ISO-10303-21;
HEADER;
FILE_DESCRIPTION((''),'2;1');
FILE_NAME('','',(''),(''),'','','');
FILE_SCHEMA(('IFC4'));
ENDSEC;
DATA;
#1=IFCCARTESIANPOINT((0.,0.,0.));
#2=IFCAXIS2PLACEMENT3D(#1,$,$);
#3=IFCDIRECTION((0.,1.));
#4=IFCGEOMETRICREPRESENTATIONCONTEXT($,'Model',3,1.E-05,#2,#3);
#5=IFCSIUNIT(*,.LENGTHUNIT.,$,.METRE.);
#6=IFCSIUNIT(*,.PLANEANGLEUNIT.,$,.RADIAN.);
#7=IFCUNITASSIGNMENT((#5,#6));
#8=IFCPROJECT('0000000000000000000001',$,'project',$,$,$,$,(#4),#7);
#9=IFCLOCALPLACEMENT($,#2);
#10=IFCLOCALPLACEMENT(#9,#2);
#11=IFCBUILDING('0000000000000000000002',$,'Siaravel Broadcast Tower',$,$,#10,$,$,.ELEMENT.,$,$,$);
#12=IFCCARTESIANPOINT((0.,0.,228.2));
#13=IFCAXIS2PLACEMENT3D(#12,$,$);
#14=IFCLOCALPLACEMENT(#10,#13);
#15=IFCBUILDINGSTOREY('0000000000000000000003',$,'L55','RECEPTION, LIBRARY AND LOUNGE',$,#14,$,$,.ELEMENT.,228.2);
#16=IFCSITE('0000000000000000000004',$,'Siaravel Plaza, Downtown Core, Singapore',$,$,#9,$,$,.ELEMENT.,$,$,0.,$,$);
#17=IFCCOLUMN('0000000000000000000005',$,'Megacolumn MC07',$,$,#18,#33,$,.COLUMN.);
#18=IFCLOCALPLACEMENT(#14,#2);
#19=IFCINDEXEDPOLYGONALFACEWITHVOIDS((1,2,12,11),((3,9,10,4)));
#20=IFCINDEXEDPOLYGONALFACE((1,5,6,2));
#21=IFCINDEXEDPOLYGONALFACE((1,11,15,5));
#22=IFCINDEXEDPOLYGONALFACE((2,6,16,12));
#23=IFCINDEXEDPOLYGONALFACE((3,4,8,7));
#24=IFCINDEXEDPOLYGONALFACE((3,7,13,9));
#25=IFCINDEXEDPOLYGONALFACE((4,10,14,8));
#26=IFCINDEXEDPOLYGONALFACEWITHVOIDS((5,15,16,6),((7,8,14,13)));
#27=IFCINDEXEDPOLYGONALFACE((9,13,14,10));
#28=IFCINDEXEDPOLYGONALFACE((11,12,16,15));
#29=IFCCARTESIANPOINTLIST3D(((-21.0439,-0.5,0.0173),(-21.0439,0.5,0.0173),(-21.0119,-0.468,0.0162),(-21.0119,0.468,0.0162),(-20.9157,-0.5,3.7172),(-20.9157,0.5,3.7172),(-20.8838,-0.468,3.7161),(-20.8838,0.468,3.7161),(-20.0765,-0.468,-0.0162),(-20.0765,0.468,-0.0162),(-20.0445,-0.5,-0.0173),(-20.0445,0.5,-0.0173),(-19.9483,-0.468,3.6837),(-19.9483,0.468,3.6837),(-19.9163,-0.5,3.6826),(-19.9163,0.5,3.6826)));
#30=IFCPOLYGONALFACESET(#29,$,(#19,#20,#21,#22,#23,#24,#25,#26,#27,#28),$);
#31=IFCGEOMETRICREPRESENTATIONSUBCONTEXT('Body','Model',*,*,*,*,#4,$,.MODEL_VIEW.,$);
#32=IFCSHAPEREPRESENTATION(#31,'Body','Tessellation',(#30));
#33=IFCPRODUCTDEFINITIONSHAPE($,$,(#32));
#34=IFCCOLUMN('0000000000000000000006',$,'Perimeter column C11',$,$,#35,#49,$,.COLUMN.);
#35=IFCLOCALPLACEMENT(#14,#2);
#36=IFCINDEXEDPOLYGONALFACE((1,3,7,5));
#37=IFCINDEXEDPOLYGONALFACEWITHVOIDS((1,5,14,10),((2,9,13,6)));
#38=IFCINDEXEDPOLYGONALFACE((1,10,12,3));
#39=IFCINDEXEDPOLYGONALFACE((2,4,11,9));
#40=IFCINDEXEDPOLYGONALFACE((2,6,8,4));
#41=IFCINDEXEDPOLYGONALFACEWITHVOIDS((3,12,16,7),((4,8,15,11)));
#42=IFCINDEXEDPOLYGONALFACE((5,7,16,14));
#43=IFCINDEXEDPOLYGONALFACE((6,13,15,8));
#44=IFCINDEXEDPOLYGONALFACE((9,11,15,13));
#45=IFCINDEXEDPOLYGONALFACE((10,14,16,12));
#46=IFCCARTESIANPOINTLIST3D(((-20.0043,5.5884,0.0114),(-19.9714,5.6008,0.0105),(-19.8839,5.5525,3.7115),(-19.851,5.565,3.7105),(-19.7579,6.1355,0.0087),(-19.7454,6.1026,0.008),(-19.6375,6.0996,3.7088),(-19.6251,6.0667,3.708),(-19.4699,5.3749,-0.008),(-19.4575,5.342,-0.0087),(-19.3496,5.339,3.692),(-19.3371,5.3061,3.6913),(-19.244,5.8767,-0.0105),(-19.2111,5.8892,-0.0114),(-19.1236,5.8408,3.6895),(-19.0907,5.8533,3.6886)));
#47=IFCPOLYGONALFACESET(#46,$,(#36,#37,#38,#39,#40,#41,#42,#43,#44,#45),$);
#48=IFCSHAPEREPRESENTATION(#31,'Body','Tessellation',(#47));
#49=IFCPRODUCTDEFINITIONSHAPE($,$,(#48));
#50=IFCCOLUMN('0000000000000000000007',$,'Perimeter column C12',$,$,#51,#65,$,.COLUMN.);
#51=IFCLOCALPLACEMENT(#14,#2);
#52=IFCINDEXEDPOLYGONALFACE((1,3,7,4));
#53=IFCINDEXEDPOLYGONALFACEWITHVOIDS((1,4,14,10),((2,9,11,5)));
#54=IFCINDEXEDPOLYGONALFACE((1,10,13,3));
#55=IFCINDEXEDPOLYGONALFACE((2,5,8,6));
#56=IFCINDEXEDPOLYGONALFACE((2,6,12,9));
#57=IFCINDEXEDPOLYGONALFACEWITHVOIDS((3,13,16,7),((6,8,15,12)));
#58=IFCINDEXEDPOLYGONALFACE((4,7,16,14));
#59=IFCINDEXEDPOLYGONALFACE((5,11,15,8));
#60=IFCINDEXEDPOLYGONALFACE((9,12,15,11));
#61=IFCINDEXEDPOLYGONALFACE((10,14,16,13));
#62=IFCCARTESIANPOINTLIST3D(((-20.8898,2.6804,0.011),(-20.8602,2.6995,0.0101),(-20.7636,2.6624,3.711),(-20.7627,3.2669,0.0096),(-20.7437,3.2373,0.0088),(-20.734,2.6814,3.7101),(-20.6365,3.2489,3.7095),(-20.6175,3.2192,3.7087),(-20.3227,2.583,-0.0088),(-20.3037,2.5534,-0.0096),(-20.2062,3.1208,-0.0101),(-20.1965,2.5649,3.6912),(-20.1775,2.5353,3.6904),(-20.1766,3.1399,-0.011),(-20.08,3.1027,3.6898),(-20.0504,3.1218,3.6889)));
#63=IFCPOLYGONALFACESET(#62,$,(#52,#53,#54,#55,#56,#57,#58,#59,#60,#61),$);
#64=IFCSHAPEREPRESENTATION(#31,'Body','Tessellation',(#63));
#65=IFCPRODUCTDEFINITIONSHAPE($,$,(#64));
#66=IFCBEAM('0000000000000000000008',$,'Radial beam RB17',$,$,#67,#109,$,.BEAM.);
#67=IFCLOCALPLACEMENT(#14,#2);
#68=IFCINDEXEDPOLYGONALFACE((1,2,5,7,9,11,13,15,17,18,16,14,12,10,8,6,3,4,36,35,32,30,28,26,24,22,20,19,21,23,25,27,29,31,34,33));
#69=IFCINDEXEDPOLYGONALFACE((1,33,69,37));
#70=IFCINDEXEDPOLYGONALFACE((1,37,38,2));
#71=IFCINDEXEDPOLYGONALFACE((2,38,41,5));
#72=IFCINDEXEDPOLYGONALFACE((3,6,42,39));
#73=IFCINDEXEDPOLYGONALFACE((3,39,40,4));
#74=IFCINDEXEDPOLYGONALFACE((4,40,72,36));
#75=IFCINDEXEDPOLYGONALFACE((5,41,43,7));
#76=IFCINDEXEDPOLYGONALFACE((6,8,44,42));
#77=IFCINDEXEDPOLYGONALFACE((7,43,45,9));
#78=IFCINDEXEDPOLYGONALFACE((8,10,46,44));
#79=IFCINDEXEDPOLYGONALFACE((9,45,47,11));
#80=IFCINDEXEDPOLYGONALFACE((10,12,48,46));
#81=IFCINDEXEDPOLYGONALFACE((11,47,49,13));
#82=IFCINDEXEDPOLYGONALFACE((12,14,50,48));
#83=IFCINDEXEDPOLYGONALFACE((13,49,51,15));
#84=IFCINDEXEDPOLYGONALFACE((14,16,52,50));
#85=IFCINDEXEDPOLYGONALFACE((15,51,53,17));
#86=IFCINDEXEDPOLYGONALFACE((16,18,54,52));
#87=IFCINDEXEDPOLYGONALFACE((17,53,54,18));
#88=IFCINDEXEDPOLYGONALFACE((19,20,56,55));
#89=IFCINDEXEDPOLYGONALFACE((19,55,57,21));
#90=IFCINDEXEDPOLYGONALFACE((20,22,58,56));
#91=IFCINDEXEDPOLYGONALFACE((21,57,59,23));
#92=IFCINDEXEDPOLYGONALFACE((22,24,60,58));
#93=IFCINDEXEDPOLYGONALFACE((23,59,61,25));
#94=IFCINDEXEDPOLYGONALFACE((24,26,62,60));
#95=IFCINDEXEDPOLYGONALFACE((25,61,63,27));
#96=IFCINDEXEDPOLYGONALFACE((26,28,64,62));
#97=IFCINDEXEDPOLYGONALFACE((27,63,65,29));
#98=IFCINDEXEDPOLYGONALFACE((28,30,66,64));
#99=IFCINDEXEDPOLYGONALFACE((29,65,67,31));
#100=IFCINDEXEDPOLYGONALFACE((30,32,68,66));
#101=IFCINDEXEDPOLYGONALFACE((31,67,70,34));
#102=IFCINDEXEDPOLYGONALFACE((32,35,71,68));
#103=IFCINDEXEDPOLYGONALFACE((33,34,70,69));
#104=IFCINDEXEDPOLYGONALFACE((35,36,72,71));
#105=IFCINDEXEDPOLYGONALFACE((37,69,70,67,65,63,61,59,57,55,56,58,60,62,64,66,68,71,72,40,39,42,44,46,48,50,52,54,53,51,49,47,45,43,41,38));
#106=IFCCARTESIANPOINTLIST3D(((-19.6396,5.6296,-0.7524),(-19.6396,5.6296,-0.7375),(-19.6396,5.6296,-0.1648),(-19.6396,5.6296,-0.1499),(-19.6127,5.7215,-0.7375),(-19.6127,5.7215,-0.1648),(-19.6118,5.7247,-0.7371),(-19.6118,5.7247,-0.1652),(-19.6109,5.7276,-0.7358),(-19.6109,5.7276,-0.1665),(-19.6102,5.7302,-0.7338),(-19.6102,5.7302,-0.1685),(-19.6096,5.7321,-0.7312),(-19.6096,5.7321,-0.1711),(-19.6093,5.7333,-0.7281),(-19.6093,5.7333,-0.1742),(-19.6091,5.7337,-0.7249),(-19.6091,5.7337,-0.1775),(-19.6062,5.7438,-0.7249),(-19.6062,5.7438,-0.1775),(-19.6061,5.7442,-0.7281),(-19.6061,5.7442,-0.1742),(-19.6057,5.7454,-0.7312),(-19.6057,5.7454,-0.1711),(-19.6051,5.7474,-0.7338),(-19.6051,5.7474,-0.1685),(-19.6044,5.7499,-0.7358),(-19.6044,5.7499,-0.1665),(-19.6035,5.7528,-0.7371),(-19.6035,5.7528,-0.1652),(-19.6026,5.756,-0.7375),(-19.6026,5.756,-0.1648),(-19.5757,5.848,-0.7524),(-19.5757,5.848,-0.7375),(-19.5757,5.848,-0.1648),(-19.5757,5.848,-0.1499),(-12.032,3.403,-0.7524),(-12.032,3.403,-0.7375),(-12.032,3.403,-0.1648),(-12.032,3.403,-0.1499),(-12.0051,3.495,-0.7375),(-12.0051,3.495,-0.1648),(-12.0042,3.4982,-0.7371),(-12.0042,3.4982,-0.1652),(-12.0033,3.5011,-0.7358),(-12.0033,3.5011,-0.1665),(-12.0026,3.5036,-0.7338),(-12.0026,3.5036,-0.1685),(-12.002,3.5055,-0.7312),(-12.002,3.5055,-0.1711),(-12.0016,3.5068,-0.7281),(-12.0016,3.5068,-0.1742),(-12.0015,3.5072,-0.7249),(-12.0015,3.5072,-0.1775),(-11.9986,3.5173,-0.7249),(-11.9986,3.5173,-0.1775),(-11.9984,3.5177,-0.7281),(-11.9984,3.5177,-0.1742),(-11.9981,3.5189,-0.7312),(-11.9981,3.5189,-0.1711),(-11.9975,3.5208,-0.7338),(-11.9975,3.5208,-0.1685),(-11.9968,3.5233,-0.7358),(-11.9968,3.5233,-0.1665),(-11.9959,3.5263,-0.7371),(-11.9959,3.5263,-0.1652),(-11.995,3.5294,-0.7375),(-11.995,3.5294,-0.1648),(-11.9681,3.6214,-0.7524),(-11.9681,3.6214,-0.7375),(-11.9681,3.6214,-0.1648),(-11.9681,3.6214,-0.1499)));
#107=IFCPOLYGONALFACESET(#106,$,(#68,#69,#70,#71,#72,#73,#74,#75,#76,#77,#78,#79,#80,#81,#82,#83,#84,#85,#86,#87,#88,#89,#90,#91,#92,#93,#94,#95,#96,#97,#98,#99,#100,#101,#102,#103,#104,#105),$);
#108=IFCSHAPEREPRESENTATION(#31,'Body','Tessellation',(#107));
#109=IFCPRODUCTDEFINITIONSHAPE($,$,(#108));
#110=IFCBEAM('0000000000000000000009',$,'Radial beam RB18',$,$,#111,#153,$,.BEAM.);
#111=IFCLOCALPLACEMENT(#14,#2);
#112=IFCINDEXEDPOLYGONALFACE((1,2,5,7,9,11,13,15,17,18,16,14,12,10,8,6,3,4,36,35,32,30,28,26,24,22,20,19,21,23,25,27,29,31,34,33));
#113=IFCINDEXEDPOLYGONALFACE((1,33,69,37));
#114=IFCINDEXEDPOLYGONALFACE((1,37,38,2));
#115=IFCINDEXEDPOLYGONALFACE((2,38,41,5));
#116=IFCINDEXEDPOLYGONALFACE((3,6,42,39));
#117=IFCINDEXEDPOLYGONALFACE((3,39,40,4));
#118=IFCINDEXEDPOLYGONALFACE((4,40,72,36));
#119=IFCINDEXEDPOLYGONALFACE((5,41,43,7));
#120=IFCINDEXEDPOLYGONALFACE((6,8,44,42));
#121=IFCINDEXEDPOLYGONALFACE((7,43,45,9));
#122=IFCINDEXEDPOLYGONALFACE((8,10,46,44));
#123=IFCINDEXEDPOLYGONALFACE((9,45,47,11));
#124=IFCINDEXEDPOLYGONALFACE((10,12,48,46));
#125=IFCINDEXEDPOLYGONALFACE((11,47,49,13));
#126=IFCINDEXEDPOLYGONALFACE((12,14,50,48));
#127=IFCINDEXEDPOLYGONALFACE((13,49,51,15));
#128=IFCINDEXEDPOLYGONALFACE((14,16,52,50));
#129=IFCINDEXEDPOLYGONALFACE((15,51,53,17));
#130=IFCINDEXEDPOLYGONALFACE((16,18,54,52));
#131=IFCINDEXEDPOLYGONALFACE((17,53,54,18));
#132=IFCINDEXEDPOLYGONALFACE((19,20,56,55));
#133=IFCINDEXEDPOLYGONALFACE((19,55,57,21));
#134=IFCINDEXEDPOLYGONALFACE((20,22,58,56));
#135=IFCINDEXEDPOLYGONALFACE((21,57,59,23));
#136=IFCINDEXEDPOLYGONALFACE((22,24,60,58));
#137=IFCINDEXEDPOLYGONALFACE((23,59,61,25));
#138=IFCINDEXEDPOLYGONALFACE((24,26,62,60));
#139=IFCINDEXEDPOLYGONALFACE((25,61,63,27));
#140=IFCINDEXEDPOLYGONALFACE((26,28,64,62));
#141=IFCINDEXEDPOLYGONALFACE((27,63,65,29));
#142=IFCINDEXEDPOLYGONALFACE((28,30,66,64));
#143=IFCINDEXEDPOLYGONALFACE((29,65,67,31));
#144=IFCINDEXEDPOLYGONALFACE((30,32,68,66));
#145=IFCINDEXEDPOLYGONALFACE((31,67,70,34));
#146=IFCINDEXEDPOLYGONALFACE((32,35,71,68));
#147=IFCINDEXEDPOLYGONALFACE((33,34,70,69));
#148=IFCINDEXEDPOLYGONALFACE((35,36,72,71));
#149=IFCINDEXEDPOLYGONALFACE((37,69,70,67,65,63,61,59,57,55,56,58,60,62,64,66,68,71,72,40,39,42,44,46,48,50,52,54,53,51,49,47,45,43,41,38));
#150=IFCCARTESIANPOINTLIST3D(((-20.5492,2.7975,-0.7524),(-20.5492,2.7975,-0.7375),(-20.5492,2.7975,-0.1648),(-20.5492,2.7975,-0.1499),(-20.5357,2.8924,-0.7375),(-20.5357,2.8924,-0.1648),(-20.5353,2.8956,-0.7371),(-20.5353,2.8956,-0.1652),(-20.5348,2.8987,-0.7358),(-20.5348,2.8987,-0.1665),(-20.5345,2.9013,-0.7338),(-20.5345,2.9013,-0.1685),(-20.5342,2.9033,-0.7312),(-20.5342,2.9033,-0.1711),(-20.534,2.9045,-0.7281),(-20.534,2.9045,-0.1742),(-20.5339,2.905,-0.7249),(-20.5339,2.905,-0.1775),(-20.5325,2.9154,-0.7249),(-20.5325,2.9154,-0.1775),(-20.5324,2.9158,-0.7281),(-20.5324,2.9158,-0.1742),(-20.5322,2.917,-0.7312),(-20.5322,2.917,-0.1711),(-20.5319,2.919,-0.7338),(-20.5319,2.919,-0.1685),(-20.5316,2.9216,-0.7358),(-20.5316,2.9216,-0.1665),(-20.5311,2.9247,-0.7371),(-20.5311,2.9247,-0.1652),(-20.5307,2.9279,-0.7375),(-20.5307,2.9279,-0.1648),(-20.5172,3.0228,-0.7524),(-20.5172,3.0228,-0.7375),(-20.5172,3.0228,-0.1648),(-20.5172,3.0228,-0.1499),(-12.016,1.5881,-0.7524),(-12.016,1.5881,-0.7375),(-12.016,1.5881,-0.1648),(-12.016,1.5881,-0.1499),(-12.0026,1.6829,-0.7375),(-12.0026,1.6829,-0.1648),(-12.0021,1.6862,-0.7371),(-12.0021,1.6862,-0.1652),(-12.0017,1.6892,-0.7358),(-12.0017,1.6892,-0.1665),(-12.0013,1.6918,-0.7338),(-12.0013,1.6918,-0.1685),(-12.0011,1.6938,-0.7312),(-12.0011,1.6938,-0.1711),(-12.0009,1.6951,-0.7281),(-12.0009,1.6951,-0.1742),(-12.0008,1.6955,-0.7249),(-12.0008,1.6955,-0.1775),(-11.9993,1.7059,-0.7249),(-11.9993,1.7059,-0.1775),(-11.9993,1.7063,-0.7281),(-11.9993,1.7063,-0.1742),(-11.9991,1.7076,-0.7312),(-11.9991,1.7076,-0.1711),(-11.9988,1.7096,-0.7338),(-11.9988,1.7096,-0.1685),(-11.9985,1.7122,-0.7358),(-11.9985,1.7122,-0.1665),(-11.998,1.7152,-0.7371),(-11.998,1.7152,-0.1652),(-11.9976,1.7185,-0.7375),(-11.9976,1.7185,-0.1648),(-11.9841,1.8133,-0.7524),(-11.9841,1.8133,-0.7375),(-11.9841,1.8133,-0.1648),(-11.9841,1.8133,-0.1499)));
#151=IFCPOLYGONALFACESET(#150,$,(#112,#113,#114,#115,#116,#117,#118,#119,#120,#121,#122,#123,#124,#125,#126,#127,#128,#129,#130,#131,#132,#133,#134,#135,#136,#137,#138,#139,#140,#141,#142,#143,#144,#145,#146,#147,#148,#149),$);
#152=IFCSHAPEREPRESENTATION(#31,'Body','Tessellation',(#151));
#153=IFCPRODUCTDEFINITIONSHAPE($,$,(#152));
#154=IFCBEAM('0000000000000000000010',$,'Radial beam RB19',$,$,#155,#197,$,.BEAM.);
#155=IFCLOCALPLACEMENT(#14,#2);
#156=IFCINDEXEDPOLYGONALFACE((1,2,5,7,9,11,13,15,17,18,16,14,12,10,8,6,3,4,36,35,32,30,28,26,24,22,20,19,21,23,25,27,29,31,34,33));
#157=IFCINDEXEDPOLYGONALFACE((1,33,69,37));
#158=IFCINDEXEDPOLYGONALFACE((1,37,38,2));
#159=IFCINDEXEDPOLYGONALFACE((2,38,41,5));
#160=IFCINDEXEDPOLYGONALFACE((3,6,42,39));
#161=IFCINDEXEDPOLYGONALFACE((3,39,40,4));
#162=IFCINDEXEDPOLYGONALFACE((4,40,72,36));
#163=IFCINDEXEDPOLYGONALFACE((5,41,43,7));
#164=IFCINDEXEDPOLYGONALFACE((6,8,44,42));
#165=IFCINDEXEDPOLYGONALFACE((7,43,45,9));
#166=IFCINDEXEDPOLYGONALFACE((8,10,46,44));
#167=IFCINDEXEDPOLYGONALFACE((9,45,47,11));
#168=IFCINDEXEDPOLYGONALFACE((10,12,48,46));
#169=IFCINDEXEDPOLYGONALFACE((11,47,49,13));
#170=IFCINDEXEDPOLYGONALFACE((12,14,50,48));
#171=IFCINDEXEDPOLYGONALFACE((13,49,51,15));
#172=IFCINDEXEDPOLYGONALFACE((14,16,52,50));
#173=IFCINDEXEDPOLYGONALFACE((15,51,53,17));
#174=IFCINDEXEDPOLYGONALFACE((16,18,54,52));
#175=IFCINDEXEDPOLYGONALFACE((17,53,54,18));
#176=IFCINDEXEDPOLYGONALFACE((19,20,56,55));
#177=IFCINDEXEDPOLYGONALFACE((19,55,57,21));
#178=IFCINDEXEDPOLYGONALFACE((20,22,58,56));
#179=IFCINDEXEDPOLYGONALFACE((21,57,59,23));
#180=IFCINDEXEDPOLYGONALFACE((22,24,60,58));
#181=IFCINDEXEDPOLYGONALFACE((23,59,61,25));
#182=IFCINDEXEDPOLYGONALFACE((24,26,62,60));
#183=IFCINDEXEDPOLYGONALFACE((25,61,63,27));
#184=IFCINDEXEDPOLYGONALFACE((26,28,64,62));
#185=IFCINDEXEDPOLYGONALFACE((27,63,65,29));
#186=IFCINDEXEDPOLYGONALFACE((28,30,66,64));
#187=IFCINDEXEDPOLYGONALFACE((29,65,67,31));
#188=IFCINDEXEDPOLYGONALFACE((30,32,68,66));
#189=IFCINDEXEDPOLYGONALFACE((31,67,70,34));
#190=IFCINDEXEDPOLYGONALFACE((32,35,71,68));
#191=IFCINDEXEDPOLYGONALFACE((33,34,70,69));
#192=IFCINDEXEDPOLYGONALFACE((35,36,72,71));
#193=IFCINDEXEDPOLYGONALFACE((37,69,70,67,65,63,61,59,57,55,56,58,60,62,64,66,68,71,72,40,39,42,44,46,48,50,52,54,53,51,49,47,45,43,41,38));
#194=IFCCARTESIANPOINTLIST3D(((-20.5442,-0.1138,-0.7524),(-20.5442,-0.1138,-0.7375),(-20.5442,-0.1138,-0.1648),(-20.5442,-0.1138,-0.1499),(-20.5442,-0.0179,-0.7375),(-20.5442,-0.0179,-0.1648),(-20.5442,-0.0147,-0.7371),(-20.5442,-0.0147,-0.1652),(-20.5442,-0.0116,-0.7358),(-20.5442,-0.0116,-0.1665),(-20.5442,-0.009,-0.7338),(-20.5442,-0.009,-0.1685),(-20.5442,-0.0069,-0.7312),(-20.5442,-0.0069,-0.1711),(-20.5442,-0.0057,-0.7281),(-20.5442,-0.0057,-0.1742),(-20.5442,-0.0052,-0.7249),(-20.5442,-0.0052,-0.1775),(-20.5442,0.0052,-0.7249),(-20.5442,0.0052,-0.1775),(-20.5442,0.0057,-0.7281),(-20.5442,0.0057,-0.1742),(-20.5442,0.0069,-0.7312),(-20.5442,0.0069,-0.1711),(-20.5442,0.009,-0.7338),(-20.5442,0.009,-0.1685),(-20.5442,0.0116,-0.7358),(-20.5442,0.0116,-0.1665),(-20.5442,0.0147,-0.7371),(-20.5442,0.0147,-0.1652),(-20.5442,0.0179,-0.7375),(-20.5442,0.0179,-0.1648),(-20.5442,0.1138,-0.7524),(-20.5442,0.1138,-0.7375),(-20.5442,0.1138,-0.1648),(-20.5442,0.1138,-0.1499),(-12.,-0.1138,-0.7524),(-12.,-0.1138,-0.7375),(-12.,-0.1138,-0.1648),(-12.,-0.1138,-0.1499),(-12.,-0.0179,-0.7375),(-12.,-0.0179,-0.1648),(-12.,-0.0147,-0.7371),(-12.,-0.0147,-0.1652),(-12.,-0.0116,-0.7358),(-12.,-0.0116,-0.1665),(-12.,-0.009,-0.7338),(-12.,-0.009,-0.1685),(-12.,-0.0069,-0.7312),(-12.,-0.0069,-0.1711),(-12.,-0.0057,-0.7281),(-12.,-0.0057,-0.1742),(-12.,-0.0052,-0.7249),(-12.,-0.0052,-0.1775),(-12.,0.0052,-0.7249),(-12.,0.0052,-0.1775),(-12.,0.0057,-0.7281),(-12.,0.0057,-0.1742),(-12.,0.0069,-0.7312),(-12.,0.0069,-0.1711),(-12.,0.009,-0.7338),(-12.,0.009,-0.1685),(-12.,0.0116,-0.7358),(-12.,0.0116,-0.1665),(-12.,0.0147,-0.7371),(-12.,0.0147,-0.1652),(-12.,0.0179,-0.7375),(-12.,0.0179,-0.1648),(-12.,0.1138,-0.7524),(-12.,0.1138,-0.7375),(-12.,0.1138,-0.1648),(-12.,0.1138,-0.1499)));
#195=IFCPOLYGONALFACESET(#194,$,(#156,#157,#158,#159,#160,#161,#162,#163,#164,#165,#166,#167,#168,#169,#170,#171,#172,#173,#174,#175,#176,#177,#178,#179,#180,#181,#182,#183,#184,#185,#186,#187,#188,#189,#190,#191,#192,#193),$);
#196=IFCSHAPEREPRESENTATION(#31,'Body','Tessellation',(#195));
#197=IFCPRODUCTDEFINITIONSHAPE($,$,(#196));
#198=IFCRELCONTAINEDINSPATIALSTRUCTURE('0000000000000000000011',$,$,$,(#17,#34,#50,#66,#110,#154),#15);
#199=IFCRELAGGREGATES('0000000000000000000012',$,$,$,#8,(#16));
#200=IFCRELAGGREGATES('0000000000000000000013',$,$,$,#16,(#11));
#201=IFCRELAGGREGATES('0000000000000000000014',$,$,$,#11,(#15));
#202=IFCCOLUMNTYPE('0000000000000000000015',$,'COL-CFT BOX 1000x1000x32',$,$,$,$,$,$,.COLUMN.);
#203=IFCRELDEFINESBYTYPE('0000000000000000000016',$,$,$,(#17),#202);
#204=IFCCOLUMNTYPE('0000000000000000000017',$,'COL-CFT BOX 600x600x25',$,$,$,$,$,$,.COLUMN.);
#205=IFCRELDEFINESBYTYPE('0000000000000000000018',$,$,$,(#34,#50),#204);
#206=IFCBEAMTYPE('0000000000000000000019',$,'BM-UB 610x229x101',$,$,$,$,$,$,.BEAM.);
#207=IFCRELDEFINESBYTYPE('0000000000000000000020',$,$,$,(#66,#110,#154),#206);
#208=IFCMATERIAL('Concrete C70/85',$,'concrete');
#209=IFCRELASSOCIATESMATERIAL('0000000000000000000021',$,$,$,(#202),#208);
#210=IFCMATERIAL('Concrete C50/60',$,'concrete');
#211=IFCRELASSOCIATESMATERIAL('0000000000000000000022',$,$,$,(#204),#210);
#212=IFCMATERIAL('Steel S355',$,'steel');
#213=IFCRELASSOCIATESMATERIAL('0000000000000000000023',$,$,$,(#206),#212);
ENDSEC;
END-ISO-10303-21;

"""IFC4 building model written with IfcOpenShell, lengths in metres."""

from ifc_helpers import new_model, si_unit, direction, frame, origin, origin_2d, place, context, subcontext, project, spatial, hollow_rectangle, i_section, extrude, material, material_profile, profile_set, type_object, element, save


model = new_model("IFC4")

# Units and contexts
model_context = context("Model", 3, precision=1e-05, world=origin(), true_north=direction((0.0, 1.0)))
body_context = subcontext(model_context, "Body", "Model", "MODEL_VIEW")
ifc_project = project(units=[si_unit("LENGTHUNIT", "METRE"), si_unit("PLANEANGLEUNIT", "RADIAN")], contexts=[model_context])

# Site, building, storey
site_placement = place(None, origin())
site = spatial("IfcSite", under=ifc_project, at=site_placement, Name="Siaravel Plaza, Downtown Core, Singapore", CompositionType="ELEMENT", RefElevation=0.0)
building_placement = place(site_placement, origin())
building = spatial("IfcBuilding", under=site, at=building_placement, Name="Siaravel Broadcast Tower", CompositionType="ELEMENT")
storey_placement = place(building_placement, frame((0.0, 0.0, 228.2)))
storey = spatial("IfcBuildingStorey", under=building, at=storey_placement, Name="L55", Description="RECEPTION, LIBRARY AND LOUNGE", CompositionType="ELEMENT", Elevation=228.2)

# Columns
ifc_material_1 = material(Name="Concrete C70/85", Category="concrete")
ifc_material_profile_1 = material_profile(ifc_material_1, hollow_rectangle(XDim=1.0, YDim=1.0, WallThickness=0.032, at=origin_2d()))
ifc_profile_set_1 = profile_set([ifc_material_profile_1], Name="Concrete C70/85")
column_type_1 = type_object("IfcColumnType", Name="COL-CFT BOX 1000x1000x32", PredefinedType="COLUMN", material=ifc_profile_set_1)
column_placement = place(storey_placement, frame((-20.5442, 0.0, 0.0), z_axis=(0.034621, 0.0, 0.999401), x_axis=(0.0, 1.0, 0.0)))
element("IfcColumn", 1, at=column_placement, inside=storey, type_object=column_type_1, Name="Megacolumn MC07", PredefinedType="COLUMN", context=body_context, shape_type="SweptSolid", body=[
    extrude(hollow_rectangle(XDim=1.0, YDim=1.0, WallThickness=0.032, at=origin_2d()), origin(), (0.0, 0.0, 1.0), 3.7021),
])
ifc_material_2 = material(Name="Concrete C50/60", Category="concrete")
ifc_material_profile_2 = material_profile(ifc_material_2, hollow_rectangle(XDim=0.6001, YDim=0.6001, WallThickness=0.0249, at=origin_2d()))
ifc_profile_set_2 = profile_set([ifc_material_profile_2], Name="Concrete C50/60")
column_type_2 = type_object("IfcColumnType", Name="COL-CFT BOX 600x600x25", PredefinedType="COLUMN", material=ifc_profile_set_2)
for number, where, z_axis, x_axis, name in (
    (2, (-19.6077, 5.7388, 0.0), (0.032512, -0.009694, 0.999424), (0.410601, 0.911804, -0.004513), "Perimeter column C11"),
    (3, (-20.5332, 2.9102, 0.0), (0.034094, -0.00488, 0.999407), (0.211754, 0.97732, -0.002452), "Perimeter column C12"),
):
    element("IfcColumn", number, at=place(storey_placement, frame(where, z_axis=z_axis, x_axis=x_axis)), inside=storey, type_object=column_type_2, Name=name, PredefinedType="COLUMN", context=body_context, shape_type="SweptSolid", body=[
        extrude(hollow_rectangle(XDim=0.6001, YDim=0.6001, WallThickness=0.0249, at=origin_2d()), origin(), (0.0, 0.0, 1.0), 3.7021),
    ])

# Beams
ifc_material_3 = material(Name="Steel S355", Category="steel")
ifc_material_profile_3 = material_profile(ifc_material_3, i_section(OverallWidth=0.2275, OverallDepth=0.6025, WebThickness=0.0105, FlangeThickness=0.0149, FilletRadius=0.0127, at=origin_2d()))
ifc_profile_set_3 = profile_set([ifc_material_profile_3], Name="Steel S355")
beam_type = type_object("IfcBeamType", Name="BM-UB 610x229x101", PredefinedType="BEAM", material=ifc_profile_set_3)
beam_1_placement = place(storey_placement, frame((-19.6077, 5.7388, -0.4512), z_axis=(0.95974, -0.28089, 0.0), x_axis=(0.28089, 0.95974, 0.0)))
element("IfcBeam", 4, at=beam_1_placement, inside=storey, type_object=beam_type, Name="Radial beam RB17", PredefinedType="BEAM", context=body_context, shape_type="SweptSolid", body=[
    extrude(i_section(OverallWidth=0.2275, OverallDepth=0.6025, WebThickness=0.0105, FlangeThickness=0.0149, FilletRadius=0.0127, at=origin_2d()), origin(), (0.0, 0.0, 1.0), 7.9268),
])
beam_2_placement = place(storey_placement, frame((-20.5332, 2.9102, -0.4512), z_axis=(0.990104, -0.140335, 0.0), x_axis=(0.140335, 0.990104, 0.0)))
element("IfcBeam", 5, at=beam_2_placement, inside=storey, type_object=beam_type, Name="Radial beam RB18", PredefinedType="BEAM", context=body_context, shape_type="SweptSolid", body=[
    extrude(i_section(OverallWidth=0.2275, OverallDepth=0.6025, WebThickness=0.0105, FlangeThickness=0.0149, FilletRadius=0.0127, at=origin_2d()), origin(), (0.0, 0.0, 1.0), 8.6184),
])
beam_3_placement = place(storey_placement, frame((-20.5442, 0.0, -0.4512), z_axis=(1.0, 0.0, 0.0), x_axis=(0.0, 1.0, 0.0)))
element("IfcBeam", 6, at=beam_3_placement, inside=storey, type_object=beam_type, Name="Radial beam RB19", PredefinedType="BEAM", context=body_context, shape_type="SweptSolid", body=[
    extrude(i_section(OverallWidth=0.2275, OverallDepth=0.6025, WebThickness=0.0105, FlangeThickness=0.0149, FilletRadius=0.0127, at=origin_2d()), origin(), (0.0, 0.0, 1.0), 8.5442),
])

save(model, "model.ifc")
